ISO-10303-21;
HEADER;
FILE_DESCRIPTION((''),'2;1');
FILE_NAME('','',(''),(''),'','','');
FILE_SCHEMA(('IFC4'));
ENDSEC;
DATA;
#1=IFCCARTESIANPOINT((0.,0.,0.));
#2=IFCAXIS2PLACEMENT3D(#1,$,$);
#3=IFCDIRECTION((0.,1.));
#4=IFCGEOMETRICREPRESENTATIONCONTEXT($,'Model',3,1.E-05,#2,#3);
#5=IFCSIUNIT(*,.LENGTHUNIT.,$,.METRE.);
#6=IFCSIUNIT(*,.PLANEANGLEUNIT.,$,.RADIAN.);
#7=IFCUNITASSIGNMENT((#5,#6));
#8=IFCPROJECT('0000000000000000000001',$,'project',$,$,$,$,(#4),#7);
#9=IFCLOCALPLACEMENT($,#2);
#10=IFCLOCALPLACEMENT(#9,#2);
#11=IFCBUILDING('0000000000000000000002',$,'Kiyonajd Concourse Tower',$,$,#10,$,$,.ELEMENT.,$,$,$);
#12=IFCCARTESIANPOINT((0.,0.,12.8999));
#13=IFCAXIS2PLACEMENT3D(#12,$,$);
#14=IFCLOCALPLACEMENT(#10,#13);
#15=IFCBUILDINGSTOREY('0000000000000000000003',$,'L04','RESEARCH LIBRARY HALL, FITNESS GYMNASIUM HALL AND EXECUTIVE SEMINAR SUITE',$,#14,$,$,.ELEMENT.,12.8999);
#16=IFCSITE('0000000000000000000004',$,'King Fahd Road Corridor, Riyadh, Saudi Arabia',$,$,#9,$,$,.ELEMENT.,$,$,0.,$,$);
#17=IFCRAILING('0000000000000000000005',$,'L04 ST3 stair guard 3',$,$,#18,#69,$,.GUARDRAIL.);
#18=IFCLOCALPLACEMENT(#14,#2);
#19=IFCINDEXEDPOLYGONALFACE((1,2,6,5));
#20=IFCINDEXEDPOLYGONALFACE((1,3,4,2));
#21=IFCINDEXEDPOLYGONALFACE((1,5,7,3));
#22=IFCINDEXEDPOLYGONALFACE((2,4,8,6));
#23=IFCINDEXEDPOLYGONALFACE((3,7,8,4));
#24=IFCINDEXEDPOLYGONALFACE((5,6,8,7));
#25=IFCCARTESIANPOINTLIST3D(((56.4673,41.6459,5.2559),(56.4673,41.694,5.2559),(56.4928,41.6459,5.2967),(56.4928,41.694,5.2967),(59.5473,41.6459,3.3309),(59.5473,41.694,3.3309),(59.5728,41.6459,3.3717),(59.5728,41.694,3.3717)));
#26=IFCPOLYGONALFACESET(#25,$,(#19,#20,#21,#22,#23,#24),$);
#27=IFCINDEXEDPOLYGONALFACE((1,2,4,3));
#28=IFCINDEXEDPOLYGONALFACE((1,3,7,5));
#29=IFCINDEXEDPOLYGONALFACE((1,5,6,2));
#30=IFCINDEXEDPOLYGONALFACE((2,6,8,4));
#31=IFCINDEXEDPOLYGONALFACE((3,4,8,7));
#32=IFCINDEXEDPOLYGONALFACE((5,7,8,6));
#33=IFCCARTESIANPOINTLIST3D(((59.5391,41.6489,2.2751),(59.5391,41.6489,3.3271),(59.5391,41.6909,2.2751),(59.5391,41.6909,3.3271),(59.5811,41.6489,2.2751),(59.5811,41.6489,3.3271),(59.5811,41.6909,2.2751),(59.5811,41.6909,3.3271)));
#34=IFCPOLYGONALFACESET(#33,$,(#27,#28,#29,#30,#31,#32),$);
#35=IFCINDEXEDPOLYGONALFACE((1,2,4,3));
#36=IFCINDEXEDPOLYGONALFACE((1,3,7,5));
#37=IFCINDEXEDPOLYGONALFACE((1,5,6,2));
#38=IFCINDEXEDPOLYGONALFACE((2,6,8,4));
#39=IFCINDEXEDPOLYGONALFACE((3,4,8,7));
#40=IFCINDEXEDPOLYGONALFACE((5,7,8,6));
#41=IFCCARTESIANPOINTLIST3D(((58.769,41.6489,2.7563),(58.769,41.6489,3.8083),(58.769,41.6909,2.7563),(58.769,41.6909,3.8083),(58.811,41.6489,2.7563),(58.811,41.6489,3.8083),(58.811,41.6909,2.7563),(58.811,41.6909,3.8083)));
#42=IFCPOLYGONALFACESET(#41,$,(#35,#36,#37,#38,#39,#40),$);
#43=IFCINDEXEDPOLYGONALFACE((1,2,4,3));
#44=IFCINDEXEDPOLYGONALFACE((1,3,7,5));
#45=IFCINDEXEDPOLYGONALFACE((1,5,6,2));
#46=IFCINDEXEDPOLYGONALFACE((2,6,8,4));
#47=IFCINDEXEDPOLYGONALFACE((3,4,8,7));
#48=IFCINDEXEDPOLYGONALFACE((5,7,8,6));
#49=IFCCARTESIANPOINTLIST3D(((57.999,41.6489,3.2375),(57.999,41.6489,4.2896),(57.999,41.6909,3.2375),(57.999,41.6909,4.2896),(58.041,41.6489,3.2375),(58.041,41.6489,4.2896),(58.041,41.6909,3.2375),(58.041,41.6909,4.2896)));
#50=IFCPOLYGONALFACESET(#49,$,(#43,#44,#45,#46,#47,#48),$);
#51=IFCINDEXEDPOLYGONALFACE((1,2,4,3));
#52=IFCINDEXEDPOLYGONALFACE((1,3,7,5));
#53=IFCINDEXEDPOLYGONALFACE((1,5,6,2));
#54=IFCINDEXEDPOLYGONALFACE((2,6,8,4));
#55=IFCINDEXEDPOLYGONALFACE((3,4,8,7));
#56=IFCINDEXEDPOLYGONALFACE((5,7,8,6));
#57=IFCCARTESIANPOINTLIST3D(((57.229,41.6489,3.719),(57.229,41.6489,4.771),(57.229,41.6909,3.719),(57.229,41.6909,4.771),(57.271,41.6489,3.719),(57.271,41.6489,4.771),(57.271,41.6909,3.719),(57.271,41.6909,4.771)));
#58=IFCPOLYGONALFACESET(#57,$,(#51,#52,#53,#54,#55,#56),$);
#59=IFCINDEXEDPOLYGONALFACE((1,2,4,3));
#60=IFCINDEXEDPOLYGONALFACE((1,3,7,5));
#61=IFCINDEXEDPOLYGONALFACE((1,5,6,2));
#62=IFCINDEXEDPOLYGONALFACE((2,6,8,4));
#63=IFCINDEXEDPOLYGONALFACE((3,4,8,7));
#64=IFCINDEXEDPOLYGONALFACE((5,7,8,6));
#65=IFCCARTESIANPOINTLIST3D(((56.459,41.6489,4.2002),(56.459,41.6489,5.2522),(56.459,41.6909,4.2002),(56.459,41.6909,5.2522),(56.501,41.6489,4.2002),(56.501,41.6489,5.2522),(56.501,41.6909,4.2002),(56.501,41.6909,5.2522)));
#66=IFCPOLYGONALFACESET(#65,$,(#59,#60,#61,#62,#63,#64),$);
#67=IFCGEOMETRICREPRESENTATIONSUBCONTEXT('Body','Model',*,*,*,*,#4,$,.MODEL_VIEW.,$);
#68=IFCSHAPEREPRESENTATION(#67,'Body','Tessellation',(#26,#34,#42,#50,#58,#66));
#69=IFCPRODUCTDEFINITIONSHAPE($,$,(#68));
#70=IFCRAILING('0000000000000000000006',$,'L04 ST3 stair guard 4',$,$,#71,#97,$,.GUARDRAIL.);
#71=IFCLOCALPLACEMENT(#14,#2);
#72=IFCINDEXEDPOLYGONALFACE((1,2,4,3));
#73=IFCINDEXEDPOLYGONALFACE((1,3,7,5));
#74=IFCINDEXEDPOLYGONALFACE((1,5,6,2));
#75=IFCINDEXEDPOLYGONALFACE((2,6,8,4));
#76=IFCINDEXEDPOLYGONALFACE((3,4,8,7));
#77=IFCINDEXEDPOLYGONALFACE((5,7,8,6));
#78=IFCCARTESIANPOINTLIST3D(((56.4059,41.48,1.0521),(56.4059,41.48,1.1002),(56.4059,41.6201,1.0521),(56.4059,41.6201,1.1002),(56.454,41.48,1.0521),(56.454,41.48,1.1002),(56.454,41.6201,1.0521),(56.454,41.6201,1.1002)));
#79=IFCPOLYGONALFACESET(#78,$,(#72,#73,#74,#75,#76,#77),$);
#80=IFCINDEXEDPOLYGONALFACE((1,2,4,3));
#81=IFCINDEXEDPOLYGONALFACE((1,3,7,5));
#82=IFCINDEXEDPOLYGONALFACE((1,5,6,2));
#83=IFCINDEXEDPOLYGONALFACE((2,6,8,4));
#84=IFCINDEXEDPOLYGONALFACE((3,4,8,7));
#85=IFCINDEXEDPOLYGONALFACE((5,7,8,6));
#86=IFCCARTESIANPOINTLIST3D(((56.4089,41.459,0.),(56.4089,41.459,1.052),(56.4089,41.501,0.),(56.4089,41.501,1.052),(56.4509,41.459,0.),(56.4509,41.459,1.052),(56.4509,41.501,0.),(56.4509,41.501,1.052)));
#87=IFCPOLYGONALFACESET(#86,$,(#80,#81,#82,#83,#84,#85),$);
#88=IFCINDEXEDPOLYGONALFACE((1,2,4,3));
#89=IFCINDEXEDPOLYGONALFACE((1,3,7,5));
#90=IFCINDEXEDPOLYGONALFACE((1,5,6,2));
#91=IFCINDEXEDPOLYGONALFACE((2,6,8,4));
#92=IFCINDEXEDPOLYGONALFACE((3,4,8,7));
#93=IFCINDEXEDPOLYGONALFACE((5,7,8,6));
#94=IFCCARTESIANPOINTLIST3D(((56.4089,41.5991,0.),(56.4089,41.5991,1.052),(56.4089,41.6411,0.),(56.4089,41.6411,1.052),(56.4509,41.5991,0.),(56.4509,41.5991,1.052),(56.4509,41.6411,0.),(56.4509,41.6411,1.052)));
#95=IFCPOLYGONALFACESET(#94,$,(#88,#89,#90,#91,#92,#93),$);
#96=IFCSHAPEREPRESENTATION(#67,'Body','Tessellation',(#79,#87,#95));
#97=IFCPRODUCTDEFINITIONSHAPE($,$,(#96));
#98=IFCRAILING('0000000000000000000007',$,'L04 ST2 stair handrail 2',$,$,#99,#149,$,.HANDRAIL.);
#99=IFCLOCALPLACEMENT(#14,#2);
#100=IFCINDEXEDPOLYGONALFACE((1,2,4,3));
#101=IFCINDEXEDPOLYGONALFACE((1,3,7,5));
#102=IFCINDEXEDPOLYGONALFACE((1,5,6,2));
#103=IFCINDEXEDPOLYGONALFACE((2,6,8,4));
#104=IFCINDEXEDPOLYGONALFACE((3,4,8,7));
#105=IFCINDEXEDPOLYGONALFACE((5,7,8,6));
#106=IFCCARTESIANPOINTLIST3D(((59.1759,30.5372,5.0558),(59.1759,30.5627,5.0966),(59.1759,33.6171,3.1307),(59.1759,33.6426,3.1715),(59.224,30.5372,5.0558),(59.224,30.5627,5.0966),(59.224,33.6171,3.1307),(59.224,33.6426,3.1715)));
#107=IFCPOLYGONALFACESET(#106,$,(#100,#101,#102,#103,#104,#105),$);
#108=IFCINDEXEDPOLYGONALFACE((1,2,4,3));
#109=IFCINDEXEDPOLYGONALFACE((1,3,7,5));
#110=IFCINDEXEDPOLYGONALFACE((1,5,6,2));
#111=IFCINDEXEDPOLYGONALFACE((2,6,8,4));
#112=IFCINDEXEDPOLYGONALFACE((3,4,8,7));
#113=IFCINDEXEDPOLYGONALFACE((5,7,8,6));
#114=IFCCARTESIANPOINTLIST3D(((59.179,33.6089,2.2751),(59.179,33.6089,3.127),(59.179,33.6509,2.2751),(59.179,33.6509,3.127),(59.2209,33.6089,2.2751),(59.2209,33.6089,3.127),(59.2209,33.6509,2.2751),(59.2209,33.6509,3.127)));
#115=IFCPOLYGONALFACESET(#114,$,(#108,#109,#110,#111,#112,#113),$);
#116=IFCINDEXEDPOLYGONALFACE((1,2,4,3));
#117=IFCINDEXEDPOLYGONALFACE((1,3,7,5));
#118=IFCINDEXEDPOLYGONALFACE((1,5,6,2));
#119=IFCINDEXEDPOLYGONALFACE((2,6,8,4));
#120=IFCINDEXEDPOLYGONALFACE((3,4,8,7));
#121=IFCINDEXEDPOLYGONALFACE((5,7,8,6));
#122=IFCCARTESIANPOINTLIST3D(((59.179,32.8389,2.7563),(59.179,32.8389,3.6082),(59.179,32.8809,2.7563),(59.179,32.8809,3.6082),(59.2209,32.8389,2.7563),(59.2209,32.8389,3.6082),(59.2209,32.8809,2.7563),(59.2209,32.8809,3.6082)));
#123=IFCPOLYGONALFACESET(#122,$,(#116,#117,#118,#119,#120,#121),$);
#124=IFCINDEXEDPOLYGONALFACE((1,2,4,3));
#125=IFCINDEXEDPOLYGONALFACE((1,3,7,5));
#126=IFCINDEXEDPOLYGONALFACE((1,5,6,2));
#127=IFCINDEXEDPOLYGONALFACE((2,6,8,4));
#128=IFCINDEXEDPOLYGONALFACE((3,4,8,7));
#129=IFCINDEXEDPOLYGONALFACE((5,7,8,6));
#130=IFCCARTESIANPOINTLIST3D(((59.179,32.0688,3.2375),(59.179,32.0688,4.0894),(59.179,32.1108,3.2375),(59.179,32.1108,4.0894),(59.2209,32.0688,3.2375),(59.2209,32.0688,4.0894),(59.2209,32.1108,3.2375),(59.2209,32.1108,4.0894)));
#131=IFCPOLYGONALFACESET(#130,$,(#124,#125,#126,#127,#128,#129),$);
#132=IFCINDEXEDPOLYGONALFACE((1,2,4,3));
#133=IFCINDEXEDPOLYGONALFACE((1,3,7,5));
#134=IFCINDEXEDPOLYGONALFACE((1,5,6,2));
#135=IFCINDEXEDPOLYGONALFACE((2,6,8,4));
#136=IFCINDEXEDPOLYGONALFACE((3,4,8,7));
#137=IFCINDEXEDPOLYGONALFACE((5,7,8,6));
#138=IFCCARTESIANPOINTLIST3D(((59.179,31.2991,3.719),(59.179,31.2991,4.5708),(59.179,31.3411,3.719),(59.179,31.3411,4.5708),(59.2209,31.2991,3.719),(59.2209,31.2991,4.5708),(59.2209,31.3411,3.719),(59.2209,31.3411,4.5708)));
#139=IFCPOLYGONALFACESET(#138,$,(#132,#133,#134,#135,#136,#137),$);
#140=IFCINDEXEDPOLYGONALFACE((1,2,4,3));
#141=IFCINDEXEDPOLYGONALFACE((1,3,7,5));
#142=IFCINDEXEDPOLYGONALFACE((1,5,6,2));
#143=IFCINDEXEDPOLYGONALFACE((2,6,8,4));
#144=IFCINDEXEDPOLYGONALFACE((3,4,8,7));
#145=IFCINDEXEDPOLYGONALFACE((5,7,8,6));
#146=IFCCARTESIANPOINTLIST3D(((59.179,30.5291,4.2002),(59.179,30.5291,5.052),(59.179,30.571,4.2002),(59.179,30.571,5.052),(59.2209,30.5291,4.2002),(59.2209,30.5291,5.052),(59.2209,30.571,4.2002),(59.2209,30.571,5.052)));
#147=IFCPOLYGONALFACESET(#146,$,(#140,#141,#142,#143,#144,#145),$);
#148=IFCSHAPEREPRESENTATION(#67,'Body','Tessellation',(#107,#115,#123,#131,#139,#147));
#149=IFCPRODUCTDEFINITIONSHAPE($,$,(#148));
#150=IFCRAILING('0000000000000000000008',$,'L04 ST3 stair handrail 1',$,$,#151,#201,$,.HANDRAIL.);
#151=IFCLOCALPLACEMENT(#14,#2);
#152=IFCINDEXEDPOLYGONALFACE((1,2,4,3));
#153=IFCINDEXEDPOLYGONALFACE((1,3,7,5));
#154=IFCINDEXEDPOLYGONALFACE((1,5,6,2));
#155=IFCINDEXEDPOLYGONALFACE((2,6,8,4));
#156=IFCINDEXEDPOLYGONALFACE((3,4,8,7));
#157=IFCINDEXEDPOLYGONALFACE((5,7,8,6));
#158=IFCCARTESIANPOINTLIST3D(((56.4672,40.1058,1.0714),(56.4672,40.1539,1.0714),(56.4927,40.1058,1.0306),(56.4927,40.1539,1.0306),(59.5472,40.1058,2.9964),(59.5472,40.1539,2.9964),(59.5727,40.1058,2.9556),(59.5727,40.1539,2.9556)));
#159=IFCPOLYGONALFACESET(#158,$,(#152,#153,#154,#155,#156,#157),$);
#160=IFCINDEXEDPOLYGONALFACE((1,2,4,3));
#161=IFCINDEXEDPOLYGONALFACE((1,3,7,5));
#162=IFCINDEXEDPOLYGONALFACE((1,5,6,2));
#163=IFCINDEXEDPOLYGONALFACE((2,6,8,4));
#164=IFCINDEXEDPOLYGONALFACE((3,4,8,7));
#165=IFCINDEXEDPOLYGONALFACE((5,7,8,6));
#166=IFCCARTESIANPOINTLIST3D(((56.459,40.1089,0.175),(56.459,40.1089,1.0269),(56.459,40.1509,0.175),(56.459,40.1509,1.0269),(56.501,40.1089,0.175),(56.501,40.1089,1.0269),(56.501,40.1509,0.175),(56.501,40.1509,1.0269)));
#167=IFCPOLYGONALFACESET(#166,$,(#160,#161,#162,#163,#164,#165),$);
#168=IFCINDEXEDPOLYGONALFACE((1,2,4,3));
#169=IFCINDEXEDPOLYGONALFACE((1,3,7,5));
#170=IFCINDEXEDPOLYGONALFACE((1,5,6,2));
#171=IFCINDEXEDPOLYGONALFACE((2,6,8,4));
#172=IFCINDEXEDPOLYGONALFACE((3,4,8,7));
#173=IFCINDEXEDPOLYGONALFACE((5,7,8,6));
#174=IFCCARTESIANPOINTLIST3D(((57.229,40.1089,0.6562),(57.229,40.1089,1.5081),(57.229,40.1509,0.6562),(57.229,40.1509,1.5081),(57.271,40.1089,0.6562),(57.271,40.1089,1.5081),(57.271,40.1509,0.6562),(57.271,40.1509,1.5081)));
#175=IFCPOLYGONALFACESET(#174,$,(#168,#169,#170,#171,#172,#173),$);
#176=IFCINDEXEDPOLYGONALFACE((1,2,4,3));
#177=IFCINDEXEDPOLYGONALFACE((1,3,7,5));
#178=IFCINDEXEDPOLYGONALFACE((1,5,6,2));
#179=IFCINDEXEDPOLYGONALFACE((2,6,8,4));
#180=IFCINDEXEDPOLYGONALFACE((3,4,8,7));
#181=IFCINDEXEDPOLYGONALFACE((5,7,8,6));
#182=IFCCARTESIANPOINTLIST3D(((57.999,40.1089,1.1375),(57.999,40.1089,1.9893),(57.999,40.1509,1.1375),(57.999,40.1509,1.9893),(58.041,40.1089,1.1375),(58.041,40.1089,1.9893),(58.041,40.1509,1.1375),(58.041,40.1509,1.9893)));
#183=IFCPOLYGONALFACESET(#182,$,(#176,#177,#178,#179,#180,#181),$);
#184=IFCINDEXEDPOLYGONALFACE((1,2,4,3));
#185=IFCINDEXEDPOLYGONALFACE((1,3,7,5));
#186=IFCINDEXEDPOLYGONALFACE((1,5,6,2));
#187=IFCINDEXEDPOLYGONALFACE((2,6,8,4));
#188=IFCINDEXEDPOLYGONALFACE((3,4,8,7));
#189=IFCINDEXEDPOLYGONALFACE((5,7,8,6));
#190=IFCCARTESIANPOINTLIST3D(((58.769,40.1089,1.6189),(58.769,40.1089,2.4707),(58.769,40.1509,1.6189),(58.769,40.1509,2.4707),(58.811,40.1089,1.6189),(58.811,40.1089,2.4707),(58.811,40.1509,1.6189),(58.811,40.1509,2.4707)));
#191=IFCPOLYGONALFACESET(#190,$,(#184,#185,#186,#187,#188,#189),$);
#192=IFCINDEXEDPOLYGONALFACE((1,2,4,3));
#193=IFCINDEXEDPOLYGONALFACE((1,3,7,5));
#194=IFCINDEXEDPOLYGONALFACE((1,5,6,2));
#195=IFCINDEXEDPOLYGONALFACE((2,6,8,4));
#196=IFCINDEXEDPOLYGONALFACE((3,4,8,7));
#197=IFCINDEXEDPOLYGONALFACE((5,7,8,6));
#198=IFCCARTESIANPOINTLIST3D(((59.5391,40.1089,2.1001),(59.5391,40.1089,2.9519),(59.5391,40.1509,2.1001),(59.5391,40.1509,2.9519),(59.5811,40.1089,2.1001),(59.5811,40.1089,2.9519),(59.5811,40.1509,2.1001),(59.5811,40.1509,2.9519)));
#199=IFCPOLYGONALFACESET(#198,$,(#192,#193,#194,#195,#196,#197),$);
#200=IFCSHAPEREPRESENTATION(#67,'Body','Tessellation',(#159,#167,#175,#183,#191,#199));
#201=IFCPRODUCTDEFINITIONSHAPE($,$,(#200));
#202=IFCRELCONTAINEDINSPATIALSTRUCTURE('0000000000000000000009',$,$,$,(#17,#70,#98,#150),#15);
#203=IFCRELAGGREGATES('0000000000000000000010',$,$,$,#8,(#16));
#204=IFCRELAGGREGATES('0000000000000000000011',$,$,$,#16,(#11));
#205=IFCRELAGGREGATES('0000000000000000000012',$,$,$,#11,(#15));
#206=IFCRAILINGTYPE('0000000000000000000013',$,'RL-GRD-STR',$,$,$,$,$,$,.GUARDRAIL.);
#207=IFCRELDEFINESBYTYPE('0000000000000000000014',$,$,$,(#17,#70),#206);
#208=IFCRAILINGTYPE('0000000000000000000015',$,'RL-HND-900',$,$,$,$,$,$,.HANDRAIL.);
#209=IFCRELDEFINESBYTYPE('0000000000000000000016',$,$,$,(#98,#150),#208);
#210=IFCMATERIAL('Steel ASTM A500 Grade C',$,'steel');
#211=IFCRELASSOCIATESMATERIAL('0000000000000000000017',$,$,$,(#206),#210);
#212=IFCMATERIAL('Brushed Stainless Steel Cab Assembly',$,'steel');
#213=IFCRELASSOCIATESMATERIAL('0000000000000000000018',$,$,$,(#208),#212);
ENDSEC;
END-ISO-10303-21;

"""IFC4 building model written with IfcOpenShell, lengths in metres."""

from ifc_helpers import new_model, si_unit, direction, frame, origin, origin_2d, place, context, subcontext, project, spatial, rectangle, extrude, material, type_object, element, save


model = new_model("IFC4")

# Units and contexts
model_context = context("Model", 3, precision=1e-05, world=origin(), true_north=direction((0.0, 1.0)))
body_context = subcontext(model_context, "Body", "Model", "MODEL_VIEW")
ifc_project = project(units=[si_unit("LENGTHUNIT", "METRE"), si_unit("PLANEANGLEUNIT", "RADIAN")], contexts=[model_context])

# Site, building, storey
site_placement = place(None, origin())
site = spatial("IfcSite", under=ifc_project, at=site_placement, Name="King Fahd Road Corridor, Riyadh, Saudi Arabia", CompositionType="ELEMENT", RefElevation=0.0)
building_placement = place(site_placement, origin())
building = spatial("IfcBuilding", under=site, at=building_placement, Name="Kiyonajd Concourse Tower", CompositionType="ELEMENT")
storey_placement = place(building_placement, frame((0.0, 0.0, 12.8999)))
storey = spatial("IfcBuildingStorey", under=building, at=storey_placement, Name="L04", Description="RESEARCH LIBRARY HALL, FITNESS GYMNASIUM HALL AND EXECUTIVE SEMINAR SUITE", CompositionType="ELEMENT", Elevation=12.8999)

# Shared definitions
ifc_material_1 = material(Name="Brushed Stainless Steel Cab Assembly", Category="steel")

# Railings
ifc_material_2 = material(Name="Steel ASTM A500 Grade C", Category="steel")
railing_type_1 = type_object("IfcRailingType", Name="RL-GRD-STR", PredefinedType="GUARDRAIL", material=ifc_material_2)
railing_1_placement = place(storey_placement, frame((59.5601, 41.6699, 2.2751)))
element("IfcRailing", 1, at=railing_1_placement, inside=storey, type_object=railing_type_1, Name="L04 ST3 stair guard 3", PredefinedType="GUARDRAIL", context=body_context, shape_type="SweptSolid", body=[
    extrude(rectangle(XDim=0.0481, YDim=0.0481, at=origin_2d()), frame((0.0, 0.0, 1.0762), z_axis=(-0.847998, 0.0, 0.529999), x_axis=(0.0, -1.0, 0.0)), (0.0, 0.0, 1.0), 3.6321),
    extrude(rectangle(XDim=0.042, YDim=0.042, at=origin_2d()), origin(), (0.0, 0.0, 1.0), 1.052),
    extrude(rectangle(XDim=0.042, YDim=0.042, at=origin_2d()), frame((-0.77, 0.0, 0.4812)), (0.0, 0.0, 1.0), 1.052),
    extrude(rectangle(XDim=0.042, YDim=0.042, at=origin_2d()), frame((-1.54, 0.0, 0.9624)), (0.0, 0.0, 1.0), 1.052),
    extrude(rectangle(XDim=0.042, YDim=0.042, at=origin_2d()), frame((-2.3101, 0.0, 1.4438)), (0.0, 0.0, 1.0), 1.052),
    extrude(rectangle(XDim=0.042, YDim=0.042, at=origin_2d()), frame((-3.0801, 0.0, 1.925)), (0.0, 0.0, 1.0), 1.052),
])
railing_2_placement = place(storey_placement, frame((56.4299, 41.48, 0.0)))
element("IfcRailing", 2, at=railing_2_placement, inside=storey, type_object=railing_type_1, Name="L04 ST3 stair guard 4", PredefinedType="GUARDRAIL", context=body_context, shape_type="SweptSolid", body=[
    extrude(rectangle(XDim=0.0481, YDim=0.0481, at=origin_2d()), frame((0.0, 0.0, 1.0762), z_axis=(0.0, 1.0, 0.0), x_axis=(-1.0, 0.0, 0.0)), (0.0, 0.0, 1.0), 0.1401),
    extrude(rectangle(XDim=0.042, YDim=0.042, at=origin_2d()), origin(), (0.0, 0.0, 1.0), 1.052),
    extrude(rectangle(XDim=0.042, YDim=0.042, at=origin_2d()), frame((0.0, 0.1401, 0.0)), (0.0, 0.0, 1.0), 1.052),
])
railing_type_2 = type_object("IfcRailingType", Name="RL-HND-900", PredefinedType="HANDRAIL", material=ifc_material_1)
railing_3_placement = place(storey_placement, frame((59.2, 33.6299, 2.2751)))
element("IfcRailing", 3, at=railing_3_placement, inside=storey, type_object=railing_type_2, Name="L04 ST2 stair handrail 2", PredefinedType="HANDRAIL", context=body_context, shape_type="SweptSolid", body=[
    extrude(rectangle(XDim=0.0481, YDim=0.0481, at=origin_2d()), frame((0.0, 0.0, 0.876), z_axis=(0.0, -0.847979, 0.530029), x_axis=(1.0, 0.0, 0.0)), (0.0, 0.0, 1.0), 3.6321),
    extrude(rectangle(XDim=0.042, YDim=0.042, at=origin_2d()), origin(), (0.0, 0.0, 1.0), 0.8518),
    extrude(rectangle(XDim=0.042, YDim=0.042, at=origin_2d()), frame((0.0, -0.77, 0.4812)), (0.0, 0.0, 1.0), 0.8518),
    extrude(rectangle(XDim=0.042, YDim=0.042, at=origin_2d()), frame((0.0, -1.54, 0.9624)), (0.0, 0.0, 1.0), 0.8518),
    extrude(rectangle(XDim=0.042, YDim=0.042, at=origin_2d()), frame((0.0, -2.3098, 1.4438)), (0.0, 0.0, 1.0), 0.8518),
    extrude(rectangle(XDim=0.042, YDim=0.042, at=origin_2d()), frame((0.0, -3.0798, 1.925)), (0.0, 0.0, 1.0), 0.8518),
])
railing_4_placement = place(storey_placement, frame((56.48, 40.1299, 0.175)))
element("IfcRailing", 4, at=railing_4_placement, inside=storey, type_object=railing_type_2, Name="L04 ST3 stair handrail 1", PredefinedType="HANDRAIL", context=body_context, shape_type="SweptSolid", body=[
    extrude(rectangle(XDim=0.0481, YDim=0.0481, at=origin_2d()), frame((0.0, 0.0, 0.876), z_axis=(0.847998, 0.0, 0.529999), x_axis=(0.0, 1.0, 0.0)), (0.0, 0.0, 1.0), 3.6321),
    extrude(rectangle(XDim=0.042, YDim=0.042, at=origin_2d()), origin(), (0.0, 0.0, 1.0), 0.8518),
    extrude(rectangle(XDim=0.042, YDim=0.042, at=origin_2d()), frame((0.77, 0.0, 0.4812)), (0.0, 0.0, 1.0), 0.8518),
    extrude(rectangle(XDim=0.042, YDim=0.042, at=origin_2d()), frame((1.54, 0.0, 0.9624)), (0.0, 0.0, 1.0), 0.8518),
    extrude(rectangle(XDim=0.042, YDim=0.042, at=origin_2d()), frame((2.3101, 0.0, 1.4438)), (0.0, 0.0, 1.0), 0.8518),
    extrude(rectangle(XDim=0.042, YDim=0.042, at=origin_2d()), frame((3.0801, 0.0, 1.925)), (0.0, 0.0, 1.0), 0.8518),
])

save(model, "model.ifc")
